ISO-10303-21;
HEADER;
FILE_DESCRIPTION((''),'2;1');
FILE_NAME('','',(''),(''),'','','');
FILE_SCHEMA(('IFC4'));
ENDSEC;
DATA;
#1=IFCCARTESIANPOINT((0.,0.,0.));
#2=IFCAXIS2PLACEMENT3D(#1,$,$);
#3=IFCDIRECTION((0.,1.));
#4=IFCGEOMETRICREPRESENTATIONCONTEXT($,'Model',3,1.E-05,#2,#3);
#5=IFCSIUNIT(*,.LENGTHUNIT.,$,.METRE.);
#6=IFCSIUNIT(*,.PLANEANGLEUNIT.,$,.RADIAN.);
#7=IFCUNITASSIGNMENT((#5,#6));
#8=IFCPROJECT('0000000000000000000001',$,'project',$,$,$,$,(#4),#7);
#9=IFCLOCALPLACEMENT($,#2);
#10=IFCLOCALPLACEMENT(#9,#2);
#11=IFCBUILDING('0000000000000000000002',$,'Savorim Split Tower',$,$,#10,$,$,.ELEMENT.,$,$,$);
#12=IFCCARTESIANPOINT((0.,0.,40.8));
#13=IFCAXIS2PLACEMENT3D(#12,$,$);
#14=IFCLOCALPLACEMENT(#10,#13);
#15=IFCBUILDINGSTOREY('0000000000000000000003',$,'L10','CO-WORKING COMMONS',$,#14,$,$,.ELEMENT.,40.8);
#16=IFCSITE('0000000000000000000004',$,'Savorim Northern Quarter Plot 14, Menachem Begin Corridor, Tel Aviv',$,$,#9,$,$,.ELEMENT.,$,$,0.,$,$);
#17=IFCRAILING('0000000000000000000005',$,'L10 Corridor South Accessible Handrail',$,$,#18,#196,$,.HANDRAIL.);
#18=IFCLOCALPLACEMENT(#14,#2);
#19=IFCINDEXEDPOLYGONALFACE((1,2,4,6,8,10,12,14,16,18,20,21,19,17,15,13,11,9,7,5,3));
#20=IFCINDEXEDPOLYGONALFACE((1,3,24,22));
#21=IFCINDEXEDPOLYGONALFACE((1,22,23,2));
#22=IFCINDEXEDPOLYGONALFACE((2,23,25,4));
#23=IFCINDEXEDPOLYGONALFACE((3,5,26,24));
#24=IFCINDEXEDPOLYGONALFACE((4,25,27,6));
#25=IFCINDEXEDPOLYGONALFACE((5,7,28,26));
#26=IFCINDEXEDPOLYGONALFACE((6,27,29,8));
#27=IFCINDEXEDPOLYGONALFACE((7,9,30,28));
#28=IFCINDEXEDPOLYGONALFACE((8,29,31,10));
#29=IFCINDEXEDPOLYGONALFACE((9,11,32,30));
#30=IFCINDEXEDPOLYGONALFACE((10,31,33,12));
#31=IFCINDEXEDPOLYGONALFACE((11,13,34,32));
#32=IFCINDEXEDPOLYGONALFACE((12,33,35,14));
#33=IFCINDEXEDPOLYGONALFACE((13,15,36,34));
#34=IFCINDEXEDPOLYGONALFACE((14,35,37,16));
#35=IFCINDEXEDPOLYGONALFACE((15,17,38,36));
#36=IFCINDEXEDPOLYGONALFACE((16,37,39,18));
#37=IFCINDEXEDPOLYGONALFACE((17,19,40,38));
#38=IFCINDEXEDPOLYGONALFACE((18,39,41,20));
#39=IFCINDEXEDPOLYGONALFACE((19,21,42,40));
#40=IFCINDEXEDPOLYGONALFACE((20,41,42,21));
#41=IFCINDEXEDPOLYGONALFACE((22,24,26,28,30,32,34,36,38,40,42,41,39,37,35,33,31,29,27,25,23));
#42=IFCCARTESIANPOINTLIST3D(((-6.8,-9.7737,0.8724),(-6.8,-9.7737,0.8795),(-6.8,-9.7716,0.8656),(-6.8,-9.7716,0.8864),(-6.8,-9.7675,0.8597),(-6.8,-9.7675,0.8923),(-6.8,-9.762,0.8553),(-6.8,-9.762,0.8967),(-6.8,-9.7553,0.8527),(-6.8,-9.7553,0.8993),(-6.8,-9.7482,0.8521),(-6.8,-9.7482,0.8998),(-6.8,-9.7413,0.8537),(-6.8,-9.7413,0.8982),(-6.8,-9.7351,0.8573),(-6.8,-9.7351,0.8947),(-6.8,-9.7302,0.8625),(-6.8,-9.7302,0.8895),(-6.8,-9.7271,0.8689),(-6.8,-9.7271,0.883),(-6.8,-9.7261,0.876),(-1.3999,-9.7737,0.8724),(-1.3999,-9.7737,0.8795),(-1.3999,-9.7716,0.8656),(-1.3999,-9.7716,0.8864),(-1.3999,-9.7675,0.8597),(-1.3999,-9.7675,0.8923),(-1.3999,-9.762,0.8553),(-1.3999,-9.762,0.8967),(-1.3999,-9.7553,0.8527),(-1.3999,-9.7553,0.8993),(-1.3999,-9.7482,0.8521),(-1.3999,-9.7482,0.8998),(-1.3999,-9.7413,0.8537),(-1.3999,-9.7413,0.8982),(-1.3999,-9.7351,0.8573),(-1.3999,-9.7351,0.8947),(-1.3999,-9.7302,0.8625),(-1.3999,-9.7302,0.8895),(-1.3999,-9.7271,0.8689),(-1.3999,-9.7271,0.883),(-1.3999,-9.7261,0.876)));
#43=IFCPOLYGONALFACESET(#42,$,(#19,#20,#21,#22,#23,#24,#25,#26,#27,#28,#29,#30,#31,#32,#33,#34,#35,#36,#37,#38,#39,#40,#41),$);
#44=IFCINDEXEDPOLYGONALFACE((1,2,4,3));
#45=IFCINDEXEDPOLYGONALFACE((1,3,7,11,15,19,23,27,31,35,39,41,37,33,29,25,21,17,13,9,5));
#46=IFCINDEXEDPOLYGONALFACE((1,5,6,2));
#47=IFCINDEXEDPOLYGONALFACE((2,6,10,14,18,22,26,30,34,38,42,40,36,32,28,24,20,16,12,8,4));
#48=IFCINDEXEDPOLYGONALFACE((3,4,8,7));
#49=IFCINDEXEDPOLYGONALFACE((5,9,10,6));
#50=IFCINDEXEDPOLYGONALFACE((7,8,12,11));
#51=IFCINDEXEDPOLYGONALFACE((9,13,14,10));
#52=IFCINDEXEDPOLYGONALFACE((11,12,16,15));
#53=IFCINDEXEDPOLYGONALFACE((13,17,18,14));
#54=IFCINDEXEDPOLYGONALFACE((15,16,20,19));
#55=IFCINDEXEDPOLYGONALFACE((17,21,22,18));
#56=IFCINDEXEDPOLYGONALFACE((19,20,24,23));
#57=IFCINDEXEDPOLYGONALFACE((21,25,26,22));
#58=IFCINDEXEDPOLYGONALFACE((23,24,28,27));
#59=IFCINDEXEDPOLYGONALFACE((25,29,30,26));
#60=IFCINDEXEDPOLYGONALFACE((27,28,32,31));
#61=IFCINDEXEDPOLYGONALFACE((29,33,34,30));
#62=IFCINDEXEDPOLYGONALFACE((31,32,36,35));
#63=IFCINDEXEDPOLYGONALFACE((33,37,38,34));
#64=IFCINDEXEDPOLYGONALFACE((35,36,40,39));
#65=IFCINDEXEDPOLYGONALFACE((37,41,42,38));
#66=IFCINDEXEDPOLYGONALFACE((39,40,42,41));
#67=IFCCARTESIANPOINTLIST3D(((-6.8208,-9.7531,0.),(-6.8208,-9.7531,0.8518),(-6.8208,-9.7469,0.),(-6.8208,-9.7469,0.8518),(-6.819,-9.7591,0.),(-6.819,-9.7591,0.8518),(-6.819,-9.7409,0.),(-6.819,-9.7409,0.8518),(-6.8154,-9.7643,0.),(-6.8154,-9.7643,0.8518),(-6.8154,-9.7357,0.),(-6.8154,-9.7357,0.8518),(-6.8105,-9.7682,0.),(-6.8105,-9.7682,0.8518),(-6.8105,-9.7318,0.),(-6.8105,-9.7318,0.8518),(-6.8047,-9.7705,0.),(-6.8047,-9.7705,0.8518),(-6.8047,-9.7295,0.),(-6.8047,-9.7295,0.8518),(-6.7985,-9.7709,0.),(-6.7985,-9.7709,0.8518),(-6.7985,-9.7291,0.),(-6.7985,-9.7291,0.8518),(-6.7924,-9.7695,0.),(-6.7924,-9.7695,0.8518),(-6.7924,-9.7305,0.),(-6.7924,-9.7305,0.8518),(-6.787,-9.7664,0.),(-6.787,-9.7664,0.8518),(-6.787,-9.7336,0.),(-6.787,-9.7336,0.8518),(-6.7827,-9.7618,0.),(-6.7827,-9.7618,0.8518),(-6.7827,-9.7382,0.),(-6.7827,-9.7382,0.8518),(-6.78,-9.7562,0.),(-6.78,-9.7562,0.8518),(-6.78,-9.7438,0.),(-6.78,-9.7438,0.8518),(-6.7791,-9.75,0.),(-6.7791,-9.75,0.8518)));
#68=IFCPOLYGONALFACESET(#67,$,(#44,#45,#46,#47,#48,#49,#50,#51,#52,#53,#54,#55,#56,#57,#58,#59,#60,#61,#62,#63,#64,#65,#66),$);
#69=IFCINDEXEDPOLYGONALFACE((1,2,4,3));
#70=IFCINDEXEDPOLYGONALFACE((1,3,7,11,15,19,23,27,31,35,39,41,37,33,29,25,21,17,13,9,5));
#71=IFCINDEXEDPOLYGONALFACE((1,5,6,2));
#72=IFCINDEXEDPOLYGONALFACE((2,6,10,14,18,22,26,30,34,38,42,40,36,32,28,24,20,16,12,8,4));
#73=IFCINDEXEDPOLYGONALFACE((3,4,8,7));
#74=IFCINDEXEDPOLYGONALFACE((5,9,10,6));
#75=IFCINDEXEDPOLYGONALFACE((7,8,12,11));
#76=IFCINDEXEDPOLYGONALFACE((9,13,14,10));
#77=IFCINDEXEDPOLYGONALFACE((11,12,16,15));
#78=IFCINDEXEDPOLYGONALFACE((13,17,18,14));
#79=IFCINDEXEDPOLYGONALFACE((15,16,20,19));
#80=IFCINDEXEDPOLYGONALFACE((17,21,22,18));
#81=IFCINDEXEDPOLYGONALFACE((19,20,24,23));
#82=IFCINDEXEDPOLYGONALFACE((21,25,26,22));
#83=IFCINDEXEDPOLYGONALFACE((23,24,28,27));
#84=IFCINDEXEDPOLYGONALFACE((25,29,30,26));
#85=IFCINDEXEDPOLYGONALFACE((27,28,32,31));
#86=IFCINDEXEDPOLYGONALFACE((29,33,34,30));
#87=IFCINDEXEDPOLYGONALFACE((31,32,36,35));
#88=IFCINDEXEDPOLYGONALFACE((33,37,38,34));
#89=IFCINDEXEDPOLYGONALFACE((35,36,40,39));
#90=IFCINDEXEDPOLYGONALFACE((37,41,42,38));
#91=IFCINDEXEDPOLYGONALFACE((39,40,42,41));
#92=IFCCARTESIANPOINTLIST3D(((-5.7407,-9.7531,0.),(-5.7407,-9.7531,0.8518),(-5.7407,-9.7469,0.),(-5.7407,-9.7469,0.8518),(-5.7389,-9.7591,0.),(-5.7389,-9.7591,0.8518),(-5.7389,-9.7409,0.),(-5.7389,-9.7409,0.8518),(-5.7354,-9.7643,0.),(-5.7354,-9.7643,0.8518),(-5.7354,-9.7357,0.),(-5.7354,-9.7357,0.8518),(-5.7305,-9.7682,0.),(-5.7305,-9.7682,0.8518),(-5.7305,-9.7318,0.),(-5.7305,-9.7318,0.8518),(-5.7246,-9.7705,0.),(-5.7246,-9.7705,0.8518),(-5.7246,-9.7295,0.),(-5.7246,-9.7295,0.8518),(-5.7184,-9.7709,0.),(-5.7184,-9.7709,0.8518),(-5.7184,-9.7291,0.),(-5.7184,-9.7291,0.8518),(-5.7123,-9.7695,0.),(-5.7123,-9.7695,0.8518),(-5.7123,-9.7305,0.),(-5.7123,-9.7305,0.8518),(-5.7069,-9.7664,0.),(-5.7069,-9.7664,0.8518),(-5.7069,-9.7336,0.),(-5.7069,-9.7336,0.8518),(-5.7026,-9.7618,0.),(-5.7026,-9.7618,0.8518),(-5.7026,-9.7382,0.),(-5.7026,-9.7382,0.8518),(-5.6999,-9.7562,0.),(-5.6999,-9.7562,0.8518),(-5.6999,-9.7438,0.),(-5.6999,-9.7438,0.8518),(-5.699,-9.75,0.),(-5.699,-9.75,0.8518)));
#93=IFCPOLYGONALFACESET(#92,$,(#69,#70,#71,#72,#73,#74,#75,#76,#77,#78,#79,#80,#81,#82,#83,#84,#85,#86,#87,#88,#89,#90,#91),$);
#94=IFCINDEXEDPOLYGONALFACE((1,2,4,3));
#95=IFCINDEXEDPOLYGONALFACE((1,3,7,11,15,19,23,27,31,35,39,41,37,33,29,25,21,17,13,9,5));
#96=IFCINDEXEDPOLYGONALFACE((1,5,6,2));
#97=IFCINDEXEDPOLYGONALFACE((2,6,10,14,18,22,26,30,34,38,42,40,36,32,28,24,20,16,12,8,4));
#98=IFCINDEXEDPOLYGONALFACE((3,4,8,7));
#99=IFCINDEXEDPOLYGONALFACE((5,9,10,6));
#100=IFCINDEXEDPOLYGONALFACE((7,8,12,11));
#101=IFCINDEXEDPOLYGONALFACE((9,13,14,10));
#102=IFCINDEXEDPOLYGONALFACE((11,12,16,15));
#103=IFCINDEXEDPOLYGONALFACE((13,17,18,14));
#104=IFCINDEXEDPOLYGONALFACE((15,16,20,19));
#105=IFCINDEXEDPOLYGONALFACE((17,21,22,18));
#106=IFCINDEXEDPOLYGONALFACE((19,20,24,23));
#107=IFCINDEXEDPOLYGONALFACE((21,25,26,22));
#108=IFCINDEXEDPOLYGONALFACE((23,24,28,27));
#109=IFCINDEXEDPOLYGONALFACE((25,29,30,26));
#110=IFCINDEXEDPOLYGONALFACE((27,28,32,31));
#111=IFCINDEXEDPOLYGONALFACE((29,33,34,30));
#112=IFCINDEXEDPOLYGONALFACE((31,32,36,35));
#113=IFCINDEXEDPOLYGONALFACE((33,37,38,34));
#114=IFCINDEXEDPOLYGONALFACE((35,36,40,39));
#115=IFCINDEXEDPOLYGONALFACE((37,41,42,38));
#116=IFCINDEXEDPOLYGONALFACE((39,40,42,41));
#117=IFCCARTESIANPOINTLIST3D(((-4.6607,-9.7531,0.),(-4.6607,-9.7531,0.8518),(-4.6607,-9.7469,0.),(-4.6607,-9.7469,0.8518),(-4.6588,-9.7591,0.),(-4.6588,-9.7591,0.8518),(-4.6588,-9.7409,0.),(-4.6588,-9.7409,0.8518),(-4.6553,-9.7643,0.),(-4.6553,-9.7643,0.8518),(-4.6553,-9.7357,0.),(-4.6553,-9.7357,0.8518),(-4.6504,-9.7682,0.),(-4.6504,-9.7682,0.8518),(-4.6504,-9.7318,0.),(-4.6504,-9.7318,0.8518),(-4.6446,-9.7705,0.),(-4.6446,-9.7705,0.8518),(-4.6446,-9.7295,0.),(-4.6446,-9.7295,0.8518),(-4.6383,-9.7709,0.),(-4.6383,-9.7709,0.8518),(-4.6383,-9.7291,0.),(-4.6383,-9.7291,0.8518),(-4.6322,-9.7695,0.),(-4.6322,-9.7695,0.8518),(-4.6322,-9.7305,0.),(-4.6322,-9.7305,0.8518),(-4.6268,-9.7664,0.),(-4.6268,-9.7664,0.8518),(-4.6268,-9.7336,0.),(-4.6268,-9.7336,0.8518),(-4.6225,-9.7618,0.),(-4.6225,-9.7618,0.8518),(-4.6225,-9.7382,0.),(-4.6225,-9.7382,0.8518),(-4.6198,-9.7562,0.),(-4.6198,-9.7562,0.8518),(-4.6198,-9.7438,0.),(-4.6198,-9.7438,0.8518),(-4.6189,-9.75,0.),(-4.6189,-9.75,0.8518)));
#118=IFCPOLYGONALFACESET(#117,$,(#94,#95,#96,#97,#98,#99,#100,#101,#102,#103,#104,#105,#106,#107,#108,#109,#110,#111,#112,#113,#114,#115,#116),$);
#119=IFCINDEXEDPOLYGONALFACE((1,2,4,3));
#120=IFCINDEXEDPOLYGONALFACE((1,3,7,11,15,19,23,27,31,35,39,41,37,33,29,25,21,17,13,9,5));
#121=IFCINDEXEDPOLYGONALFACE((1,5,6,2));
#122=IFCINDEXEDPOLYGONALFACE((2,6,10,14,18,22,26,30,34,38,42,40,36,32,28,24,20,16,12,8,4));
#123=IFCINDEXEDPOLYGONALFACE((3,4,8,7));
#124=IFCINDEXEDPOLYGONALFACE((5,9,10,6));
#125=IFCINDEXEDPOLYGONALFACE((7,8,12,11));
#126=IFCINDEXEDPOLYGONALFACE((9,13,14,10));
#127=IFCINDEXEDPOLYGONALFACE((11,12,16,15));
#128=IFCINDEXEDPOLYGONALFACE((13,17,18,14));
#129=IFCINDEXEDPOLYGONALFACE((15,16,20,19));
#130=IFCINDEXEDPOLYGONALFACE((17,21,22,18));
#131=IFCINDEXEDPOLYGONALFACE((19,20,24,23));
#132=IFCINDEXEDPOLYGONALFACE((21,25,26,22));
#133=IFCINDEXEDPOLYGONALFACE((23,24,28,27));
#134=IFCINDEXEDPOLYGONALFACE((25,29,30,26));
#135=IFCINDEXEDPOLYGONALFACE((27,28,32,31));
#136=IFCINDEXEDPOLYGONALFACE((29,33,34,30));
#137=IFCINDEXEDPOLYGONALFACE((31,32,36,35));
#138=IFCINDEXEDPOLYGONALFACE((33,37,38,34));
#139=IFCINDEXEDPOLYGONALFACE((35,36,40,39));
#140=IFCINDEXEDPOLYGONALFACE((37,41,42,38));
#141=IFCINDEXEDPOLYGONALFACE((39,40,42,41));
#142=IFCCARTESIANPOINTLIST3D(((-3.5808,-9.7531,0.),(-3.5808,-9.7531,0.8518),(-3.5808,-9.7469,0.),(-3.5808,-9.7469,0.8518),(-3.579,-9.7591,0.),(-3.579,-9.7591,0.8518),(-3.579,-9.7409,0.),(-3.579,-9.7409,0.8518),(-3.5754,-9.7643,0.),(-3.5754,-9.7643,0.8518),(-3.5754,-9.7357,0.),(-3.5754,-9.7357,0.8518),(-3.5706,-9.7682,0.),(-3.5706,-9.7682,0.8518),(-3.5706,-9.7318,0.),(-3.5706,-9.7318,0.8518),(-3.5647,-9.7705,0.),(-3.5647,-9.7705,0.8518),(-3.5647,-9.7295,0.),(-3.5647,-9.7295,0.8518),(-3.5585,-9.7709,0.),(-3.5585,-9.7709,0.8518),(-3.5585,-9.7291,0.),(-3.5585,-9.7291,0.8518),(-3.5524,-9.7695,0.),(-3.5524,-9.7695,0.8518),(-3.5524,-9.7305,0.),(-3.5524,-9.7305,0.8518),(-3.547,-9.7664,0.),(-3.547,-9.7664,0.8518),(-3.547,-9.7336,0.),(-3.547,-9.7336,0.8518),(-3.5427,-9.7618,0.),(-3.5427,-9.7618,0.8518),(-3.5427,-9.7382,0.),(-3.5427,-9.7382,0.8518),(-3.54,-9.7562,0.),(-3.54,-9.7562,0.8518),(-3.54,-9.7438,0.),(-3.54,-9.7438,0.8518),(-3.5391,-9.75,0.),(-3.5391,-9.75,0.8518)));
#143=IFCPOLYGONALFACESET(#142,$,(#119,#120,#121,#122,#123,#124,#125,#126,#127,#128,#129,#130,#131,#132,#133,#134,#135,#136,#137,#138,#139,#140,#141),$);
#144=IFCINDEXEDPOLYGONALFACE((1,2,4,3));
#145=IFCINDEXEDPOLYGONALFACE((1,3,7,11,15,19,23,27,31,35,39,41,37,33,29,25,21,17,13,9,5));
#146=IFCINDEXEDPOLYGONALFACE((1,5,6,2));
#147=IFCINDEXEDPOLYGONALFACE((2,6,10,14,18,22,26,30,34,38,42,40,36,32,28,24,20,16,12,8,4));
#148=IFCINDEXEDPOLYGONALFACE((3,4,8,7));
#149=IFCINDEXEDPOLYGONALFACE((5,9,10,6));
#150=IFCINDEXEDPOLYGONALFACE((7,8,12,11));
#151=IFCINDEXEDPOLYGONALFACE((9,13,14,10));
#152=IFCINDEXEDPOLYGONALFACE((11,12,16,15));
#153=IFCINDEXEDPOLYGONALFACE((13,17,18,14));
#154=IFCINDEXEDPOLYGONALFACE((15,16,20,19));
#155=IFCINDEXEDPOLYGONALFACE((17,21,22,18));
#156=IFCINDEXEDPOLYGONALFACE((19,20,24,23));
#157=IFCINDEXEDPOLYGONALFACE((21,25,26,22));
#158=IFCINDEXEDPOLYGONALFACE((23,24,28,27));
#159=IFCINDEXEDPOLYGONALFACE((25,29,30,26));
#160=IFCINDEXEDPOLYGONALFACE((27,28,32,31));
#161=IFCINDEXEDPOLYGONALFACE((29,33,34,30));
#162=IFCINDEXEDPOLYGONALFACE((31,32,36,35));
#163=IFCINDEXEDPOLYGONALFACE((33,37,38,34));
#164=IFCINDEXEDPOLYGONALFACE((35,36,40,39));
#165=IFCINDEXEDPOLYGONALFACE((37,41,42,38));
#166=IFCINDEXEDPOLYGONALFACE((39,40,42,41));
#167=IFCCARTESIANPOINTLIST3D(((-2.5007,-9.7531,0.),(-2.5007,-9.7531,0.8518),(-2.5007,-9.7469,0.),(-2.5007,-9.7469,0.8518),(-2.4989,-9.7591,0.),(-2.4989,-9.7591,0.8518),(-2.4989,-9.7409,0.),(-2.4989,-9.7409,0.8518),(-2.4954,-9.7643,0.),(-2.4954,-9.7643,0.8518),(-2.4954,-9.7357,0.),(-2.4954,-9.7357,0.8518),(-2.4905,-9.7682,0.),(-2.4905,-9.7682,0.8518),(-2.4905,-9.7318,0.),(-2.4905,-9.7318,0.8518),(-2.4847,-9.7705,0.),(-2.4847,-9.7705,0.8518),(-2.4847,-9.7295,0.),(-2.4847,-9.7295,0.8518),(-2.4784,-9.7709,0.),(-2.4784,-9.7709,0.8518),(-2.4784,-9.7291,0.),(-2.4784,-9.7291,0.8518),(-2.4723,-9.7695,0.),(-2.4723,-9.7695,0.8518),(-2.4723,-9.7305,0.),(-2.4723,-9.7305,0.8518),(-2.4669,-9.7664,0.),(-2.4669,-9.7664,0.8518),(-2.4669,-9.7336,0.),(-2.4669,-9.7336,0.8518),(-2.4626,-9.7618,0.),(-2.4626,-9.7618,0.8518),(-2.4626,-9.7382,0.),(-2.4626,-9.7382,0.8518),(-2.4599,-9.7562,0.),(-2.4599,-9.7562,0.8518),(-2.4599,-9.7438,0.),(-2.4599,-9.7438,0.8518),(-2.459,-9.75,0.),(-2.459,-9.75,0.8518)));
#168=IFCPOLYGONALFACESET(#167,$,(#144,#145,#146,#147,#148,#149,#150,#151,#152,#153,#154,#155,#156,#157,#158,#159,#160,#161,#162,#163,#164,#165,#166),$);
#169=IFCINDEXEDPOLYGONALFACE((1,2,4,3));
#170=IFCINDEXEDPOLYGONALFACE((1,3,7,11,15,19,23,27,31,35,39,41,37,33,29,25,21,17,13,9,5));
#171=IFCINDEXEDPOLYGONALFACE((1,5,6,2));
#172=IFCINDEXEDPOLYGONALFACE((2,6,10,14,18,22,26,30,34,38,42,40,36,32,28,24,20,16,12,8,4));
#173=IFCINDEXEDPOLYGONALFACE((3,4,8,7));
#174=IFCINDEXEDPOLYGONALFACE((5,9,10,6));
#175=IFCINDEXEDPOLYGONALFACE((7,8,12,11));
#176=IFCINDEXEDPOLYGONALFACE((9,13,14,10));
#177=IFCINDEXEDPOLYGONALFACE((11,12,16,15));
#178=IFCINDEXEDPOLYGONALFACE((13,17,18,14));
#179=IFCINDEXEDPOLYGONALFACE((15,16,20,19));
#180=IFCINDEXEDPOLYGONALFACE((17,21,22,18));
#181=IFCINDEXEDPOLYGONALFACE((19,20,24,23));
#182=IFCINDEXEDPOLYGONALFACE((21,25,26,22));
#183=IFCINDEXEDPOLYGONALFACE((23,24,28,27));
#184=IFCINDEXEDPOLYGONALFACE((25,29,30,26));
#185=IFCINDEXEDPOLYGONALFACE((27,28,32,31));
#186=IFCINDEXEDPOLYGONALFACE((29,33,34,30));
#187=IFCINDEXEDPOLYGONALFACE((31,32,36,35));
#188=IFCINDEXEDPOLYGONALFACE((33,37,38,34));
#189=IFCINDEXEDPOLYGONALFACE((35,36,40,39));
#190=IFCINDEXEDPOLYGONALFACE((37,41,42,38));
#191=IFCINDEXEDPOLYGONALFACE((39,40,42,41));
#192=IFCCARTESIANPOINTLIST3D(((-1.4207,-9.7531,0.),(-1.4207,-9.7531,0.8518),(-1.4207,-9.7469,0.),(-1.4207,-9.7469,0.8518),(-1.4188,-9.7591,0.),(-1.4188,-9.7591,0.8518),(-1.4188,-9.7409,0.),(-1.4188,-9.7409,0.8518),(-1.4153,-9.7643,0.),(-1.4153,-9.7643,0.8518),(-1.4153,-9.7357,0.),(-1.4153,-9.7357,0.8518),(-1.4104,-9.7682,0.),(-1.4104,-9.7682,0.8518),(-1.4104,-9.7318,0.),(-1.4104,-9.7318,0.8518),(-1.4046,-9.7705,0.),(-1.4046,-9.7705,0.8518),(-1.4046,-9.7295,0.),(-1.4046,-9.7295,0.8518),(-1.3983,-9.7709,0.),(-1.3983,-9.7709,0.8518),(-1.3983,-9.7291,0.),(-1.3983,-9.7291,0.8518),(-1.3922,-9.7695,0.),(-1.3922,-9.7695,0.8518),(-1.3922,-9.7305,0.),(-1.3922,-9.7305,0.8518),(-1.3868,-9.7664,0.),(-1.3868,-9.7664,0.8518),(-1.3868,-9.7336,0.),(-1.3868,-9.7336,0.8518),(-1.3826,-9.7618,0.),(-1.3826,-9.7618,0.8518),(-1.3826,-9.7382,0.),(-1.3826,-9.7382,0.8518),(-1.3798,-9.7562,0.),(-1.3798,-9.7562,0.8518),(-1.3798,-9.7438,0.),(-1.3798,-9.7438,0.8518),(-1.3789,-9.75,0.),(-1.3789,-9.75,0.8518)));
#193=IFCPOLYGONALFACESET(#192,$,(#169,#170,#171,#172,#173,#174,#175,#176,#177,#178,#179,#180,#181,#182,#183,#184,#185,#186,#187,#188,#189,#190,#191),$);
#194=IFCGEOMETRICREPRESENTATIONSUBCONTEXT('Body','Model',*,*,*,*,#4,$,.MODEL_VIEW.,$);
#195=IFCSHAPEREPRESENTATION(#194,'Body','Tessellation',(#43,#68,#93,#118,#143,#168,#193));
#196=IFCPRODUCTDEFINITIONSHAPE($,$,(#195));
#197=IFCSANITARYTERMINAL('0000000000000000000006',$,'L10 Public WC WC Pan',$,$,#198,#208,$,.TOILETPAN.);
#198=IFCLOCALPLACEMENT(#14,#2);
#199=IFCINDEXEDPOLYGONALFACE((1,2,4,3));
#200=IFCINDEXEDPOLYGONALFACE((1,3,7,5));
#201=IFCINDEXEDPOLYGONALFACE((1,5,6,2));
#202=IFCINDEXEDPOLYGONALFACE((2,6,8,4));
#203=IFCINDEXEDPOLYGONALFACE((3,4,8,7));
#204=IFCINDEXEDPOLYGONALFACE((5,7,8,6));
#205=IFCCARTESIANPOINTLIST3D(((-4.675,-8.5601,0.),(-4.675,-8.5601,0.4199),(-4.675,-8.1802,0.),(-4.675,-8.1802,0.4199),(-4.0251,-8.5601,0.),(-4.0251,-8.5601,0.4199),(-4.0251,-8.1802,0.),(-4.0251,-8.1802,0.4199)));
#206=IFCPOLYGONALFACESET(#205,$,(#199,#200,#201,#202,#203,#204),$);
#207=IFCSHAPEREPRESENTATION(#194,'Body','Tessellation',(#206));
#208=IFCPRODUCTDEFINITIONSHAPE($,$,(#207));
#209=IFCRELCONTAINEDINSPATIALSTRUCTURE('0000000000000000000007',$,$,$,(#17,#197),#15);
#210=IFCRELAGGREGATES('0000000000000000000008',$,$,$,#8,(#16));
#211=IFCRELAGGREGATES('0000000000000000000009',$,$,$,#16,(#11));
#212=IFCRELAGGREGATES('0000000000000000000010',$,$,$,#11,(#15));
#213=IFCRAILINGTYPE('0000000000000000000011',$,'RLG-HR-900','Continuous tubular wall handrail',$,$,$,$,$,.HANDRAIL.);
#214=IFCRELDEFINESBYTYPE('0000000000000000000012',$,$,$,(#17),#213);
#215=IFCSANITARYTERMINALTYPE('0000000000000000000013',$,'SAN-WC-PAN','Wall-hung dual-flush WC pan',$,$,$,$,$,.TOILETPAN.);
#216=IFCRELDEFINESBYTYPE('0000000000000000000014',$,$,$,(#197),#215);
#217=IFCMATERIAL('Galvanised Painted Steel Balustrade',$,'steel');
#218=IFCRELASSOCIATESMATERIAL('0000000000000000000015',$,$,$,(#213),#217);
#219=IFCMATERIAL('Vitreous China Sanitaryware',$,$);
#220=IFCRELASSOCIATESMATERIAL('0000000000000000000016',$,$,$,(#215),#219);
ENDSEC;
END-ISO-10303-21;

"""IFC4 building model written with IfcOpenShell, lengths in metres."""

from ifc_helpers import new_model, si_unit, direction, frame, origin, origin_2d, place, context, subcontext, project, spatial, rectangle, circle, extrude, material, type_object, element, save


model = new_model("IFC4")

# Units and contexts
model_context = context("Model", 3, precision=1e-05, world=origin(), true_north=direction((0.0, 1.0)))
body_context = subcontext(model_context, "Body", "Model", "MODEL_VIEW")
ifc_project = project(units=[si_unit("LENGTHUNIT", "METRE"), si_unit("PLANEANGLEUNIT", "RADIAN")], contexts=[model_context])

# Site, building, storey
site_placement = place(None, origin())
site = spatial("IfcSite", under=ifc_project, at=site_placement, Name="Savorim Northern Quarter Plot 14, Menachem Begin Corridor, Tel Aviv", CompositionType="ELEMENT", RefElevation=0.0)
building_placement = place(site_placement, origin())
building = spatial("IfcBuilding", under=site, at=building_placement, Name="Savorim Split Tower", CompositionType="ELEMENT")
storey_placement = place(building_placement, frame((0.0, 0.0, 40.8)))
storey = spatial("IfcBuildingStorey", under=building, at=storey_placement, Name="L10", Description="CO-WORKING COMMONS", CompositionType="ELEMENT", Elevation=40.8)

# Railing
ifc_material_1 = material(Name="Galvanised Painted Steel Balustrade", Category="steel")
railing_type = type_object("IfcRailingType", Name="RLG-HR-900", Description="Continuous tubular wall handrail", PredefinedType="HANDRAIL", material=ifc_material_1)
railing_1_placement = place(storey_placement, frame((-6.8, -9.75, 0.0)))
element("IfcRailing", 1, at=railing_1_placement, inside=storey, type_object=railing_type, Name="L10 Corridor South Accessible Handrail", PredefinedType="HANDRAIL", context=body_context, shape_type="SweptSolid", body=[
    extrude(circle(Radius=0.0239, at=origin_2d()), frame((0.0, 0.0, 0.876), z_axis=(1.0, 0.0, 0.0), x_axis=(0.0, 1.0, 0.0)), (0.0, 0.0, 1.0), 5.4001),
    extrude(circle(Radius=0.021, at=origin_2d()), origin(), (0.0, 0.0, 1.0), 0.8518),
    extrude(circle(Radius=0.021, at=origin_2d()), frame((1.0801, 0.0, 0.0)), (0.0, 0.0, 1.0), 0.8518),
    extrude(circle(Radius=0.021, at=origin_2d()), frame((2.1602, 0.0, 0.0)), (0.0, 0.0, 1.0), 0.8518),
    extrude(circle(Radius=0.021, at=origin_2d()), frame((3.24, 0.0, 0.0)), (0.0, 0.0, 1.0), 0.8518),
    extrude(circle(Radius=0.021, at=origin_2d()), frame((4.3201, 0.0, 0.0)), (0.0, 0.0, 1.0), 0.8518),
    extrude(circle(Radius=0.021, at=origin_2d()), frame((5.4001, 0.0, 0.0)), (0.0, 0.0, 1.0), 0.8518),
])

# Sanitary terminal
ifc_material_2 = material(Name="Vitreous China Sanitaryware")
sanitary_terminal_type_1 = type_object("IfcSanitaryTerminalType", Name="SAN-WC-PAN", Description="Wall-hung dual-flush WC pan", PredefinedType="TOILETPAN", material=ifc_material_2)
sanitary_terminal_1_placement = place(storey_placement, frame((-4.3501, -8.3701, 0.0), z_axis=(0.0, 0.0, 1.0), x_axis=(1.0, 0.0, 0.0)))
element("IfcSanitaryTerminal", 2, at=sanitary_terminal_1_placement, inside=storey, type_object=sanitary_terminal_type_1, Name="L10 Public WC WC Pan", PredefinedType="TOILETPAN", context=body_context, shape_type="SweptSolid", body=[
    extrude(rectangle(XDim=0.6499, YDim=0.3799, at=origin_2d()), origin(), (0.0, 0.0, 1.0), 0.4199),
])

save(model, "model.ifc")
